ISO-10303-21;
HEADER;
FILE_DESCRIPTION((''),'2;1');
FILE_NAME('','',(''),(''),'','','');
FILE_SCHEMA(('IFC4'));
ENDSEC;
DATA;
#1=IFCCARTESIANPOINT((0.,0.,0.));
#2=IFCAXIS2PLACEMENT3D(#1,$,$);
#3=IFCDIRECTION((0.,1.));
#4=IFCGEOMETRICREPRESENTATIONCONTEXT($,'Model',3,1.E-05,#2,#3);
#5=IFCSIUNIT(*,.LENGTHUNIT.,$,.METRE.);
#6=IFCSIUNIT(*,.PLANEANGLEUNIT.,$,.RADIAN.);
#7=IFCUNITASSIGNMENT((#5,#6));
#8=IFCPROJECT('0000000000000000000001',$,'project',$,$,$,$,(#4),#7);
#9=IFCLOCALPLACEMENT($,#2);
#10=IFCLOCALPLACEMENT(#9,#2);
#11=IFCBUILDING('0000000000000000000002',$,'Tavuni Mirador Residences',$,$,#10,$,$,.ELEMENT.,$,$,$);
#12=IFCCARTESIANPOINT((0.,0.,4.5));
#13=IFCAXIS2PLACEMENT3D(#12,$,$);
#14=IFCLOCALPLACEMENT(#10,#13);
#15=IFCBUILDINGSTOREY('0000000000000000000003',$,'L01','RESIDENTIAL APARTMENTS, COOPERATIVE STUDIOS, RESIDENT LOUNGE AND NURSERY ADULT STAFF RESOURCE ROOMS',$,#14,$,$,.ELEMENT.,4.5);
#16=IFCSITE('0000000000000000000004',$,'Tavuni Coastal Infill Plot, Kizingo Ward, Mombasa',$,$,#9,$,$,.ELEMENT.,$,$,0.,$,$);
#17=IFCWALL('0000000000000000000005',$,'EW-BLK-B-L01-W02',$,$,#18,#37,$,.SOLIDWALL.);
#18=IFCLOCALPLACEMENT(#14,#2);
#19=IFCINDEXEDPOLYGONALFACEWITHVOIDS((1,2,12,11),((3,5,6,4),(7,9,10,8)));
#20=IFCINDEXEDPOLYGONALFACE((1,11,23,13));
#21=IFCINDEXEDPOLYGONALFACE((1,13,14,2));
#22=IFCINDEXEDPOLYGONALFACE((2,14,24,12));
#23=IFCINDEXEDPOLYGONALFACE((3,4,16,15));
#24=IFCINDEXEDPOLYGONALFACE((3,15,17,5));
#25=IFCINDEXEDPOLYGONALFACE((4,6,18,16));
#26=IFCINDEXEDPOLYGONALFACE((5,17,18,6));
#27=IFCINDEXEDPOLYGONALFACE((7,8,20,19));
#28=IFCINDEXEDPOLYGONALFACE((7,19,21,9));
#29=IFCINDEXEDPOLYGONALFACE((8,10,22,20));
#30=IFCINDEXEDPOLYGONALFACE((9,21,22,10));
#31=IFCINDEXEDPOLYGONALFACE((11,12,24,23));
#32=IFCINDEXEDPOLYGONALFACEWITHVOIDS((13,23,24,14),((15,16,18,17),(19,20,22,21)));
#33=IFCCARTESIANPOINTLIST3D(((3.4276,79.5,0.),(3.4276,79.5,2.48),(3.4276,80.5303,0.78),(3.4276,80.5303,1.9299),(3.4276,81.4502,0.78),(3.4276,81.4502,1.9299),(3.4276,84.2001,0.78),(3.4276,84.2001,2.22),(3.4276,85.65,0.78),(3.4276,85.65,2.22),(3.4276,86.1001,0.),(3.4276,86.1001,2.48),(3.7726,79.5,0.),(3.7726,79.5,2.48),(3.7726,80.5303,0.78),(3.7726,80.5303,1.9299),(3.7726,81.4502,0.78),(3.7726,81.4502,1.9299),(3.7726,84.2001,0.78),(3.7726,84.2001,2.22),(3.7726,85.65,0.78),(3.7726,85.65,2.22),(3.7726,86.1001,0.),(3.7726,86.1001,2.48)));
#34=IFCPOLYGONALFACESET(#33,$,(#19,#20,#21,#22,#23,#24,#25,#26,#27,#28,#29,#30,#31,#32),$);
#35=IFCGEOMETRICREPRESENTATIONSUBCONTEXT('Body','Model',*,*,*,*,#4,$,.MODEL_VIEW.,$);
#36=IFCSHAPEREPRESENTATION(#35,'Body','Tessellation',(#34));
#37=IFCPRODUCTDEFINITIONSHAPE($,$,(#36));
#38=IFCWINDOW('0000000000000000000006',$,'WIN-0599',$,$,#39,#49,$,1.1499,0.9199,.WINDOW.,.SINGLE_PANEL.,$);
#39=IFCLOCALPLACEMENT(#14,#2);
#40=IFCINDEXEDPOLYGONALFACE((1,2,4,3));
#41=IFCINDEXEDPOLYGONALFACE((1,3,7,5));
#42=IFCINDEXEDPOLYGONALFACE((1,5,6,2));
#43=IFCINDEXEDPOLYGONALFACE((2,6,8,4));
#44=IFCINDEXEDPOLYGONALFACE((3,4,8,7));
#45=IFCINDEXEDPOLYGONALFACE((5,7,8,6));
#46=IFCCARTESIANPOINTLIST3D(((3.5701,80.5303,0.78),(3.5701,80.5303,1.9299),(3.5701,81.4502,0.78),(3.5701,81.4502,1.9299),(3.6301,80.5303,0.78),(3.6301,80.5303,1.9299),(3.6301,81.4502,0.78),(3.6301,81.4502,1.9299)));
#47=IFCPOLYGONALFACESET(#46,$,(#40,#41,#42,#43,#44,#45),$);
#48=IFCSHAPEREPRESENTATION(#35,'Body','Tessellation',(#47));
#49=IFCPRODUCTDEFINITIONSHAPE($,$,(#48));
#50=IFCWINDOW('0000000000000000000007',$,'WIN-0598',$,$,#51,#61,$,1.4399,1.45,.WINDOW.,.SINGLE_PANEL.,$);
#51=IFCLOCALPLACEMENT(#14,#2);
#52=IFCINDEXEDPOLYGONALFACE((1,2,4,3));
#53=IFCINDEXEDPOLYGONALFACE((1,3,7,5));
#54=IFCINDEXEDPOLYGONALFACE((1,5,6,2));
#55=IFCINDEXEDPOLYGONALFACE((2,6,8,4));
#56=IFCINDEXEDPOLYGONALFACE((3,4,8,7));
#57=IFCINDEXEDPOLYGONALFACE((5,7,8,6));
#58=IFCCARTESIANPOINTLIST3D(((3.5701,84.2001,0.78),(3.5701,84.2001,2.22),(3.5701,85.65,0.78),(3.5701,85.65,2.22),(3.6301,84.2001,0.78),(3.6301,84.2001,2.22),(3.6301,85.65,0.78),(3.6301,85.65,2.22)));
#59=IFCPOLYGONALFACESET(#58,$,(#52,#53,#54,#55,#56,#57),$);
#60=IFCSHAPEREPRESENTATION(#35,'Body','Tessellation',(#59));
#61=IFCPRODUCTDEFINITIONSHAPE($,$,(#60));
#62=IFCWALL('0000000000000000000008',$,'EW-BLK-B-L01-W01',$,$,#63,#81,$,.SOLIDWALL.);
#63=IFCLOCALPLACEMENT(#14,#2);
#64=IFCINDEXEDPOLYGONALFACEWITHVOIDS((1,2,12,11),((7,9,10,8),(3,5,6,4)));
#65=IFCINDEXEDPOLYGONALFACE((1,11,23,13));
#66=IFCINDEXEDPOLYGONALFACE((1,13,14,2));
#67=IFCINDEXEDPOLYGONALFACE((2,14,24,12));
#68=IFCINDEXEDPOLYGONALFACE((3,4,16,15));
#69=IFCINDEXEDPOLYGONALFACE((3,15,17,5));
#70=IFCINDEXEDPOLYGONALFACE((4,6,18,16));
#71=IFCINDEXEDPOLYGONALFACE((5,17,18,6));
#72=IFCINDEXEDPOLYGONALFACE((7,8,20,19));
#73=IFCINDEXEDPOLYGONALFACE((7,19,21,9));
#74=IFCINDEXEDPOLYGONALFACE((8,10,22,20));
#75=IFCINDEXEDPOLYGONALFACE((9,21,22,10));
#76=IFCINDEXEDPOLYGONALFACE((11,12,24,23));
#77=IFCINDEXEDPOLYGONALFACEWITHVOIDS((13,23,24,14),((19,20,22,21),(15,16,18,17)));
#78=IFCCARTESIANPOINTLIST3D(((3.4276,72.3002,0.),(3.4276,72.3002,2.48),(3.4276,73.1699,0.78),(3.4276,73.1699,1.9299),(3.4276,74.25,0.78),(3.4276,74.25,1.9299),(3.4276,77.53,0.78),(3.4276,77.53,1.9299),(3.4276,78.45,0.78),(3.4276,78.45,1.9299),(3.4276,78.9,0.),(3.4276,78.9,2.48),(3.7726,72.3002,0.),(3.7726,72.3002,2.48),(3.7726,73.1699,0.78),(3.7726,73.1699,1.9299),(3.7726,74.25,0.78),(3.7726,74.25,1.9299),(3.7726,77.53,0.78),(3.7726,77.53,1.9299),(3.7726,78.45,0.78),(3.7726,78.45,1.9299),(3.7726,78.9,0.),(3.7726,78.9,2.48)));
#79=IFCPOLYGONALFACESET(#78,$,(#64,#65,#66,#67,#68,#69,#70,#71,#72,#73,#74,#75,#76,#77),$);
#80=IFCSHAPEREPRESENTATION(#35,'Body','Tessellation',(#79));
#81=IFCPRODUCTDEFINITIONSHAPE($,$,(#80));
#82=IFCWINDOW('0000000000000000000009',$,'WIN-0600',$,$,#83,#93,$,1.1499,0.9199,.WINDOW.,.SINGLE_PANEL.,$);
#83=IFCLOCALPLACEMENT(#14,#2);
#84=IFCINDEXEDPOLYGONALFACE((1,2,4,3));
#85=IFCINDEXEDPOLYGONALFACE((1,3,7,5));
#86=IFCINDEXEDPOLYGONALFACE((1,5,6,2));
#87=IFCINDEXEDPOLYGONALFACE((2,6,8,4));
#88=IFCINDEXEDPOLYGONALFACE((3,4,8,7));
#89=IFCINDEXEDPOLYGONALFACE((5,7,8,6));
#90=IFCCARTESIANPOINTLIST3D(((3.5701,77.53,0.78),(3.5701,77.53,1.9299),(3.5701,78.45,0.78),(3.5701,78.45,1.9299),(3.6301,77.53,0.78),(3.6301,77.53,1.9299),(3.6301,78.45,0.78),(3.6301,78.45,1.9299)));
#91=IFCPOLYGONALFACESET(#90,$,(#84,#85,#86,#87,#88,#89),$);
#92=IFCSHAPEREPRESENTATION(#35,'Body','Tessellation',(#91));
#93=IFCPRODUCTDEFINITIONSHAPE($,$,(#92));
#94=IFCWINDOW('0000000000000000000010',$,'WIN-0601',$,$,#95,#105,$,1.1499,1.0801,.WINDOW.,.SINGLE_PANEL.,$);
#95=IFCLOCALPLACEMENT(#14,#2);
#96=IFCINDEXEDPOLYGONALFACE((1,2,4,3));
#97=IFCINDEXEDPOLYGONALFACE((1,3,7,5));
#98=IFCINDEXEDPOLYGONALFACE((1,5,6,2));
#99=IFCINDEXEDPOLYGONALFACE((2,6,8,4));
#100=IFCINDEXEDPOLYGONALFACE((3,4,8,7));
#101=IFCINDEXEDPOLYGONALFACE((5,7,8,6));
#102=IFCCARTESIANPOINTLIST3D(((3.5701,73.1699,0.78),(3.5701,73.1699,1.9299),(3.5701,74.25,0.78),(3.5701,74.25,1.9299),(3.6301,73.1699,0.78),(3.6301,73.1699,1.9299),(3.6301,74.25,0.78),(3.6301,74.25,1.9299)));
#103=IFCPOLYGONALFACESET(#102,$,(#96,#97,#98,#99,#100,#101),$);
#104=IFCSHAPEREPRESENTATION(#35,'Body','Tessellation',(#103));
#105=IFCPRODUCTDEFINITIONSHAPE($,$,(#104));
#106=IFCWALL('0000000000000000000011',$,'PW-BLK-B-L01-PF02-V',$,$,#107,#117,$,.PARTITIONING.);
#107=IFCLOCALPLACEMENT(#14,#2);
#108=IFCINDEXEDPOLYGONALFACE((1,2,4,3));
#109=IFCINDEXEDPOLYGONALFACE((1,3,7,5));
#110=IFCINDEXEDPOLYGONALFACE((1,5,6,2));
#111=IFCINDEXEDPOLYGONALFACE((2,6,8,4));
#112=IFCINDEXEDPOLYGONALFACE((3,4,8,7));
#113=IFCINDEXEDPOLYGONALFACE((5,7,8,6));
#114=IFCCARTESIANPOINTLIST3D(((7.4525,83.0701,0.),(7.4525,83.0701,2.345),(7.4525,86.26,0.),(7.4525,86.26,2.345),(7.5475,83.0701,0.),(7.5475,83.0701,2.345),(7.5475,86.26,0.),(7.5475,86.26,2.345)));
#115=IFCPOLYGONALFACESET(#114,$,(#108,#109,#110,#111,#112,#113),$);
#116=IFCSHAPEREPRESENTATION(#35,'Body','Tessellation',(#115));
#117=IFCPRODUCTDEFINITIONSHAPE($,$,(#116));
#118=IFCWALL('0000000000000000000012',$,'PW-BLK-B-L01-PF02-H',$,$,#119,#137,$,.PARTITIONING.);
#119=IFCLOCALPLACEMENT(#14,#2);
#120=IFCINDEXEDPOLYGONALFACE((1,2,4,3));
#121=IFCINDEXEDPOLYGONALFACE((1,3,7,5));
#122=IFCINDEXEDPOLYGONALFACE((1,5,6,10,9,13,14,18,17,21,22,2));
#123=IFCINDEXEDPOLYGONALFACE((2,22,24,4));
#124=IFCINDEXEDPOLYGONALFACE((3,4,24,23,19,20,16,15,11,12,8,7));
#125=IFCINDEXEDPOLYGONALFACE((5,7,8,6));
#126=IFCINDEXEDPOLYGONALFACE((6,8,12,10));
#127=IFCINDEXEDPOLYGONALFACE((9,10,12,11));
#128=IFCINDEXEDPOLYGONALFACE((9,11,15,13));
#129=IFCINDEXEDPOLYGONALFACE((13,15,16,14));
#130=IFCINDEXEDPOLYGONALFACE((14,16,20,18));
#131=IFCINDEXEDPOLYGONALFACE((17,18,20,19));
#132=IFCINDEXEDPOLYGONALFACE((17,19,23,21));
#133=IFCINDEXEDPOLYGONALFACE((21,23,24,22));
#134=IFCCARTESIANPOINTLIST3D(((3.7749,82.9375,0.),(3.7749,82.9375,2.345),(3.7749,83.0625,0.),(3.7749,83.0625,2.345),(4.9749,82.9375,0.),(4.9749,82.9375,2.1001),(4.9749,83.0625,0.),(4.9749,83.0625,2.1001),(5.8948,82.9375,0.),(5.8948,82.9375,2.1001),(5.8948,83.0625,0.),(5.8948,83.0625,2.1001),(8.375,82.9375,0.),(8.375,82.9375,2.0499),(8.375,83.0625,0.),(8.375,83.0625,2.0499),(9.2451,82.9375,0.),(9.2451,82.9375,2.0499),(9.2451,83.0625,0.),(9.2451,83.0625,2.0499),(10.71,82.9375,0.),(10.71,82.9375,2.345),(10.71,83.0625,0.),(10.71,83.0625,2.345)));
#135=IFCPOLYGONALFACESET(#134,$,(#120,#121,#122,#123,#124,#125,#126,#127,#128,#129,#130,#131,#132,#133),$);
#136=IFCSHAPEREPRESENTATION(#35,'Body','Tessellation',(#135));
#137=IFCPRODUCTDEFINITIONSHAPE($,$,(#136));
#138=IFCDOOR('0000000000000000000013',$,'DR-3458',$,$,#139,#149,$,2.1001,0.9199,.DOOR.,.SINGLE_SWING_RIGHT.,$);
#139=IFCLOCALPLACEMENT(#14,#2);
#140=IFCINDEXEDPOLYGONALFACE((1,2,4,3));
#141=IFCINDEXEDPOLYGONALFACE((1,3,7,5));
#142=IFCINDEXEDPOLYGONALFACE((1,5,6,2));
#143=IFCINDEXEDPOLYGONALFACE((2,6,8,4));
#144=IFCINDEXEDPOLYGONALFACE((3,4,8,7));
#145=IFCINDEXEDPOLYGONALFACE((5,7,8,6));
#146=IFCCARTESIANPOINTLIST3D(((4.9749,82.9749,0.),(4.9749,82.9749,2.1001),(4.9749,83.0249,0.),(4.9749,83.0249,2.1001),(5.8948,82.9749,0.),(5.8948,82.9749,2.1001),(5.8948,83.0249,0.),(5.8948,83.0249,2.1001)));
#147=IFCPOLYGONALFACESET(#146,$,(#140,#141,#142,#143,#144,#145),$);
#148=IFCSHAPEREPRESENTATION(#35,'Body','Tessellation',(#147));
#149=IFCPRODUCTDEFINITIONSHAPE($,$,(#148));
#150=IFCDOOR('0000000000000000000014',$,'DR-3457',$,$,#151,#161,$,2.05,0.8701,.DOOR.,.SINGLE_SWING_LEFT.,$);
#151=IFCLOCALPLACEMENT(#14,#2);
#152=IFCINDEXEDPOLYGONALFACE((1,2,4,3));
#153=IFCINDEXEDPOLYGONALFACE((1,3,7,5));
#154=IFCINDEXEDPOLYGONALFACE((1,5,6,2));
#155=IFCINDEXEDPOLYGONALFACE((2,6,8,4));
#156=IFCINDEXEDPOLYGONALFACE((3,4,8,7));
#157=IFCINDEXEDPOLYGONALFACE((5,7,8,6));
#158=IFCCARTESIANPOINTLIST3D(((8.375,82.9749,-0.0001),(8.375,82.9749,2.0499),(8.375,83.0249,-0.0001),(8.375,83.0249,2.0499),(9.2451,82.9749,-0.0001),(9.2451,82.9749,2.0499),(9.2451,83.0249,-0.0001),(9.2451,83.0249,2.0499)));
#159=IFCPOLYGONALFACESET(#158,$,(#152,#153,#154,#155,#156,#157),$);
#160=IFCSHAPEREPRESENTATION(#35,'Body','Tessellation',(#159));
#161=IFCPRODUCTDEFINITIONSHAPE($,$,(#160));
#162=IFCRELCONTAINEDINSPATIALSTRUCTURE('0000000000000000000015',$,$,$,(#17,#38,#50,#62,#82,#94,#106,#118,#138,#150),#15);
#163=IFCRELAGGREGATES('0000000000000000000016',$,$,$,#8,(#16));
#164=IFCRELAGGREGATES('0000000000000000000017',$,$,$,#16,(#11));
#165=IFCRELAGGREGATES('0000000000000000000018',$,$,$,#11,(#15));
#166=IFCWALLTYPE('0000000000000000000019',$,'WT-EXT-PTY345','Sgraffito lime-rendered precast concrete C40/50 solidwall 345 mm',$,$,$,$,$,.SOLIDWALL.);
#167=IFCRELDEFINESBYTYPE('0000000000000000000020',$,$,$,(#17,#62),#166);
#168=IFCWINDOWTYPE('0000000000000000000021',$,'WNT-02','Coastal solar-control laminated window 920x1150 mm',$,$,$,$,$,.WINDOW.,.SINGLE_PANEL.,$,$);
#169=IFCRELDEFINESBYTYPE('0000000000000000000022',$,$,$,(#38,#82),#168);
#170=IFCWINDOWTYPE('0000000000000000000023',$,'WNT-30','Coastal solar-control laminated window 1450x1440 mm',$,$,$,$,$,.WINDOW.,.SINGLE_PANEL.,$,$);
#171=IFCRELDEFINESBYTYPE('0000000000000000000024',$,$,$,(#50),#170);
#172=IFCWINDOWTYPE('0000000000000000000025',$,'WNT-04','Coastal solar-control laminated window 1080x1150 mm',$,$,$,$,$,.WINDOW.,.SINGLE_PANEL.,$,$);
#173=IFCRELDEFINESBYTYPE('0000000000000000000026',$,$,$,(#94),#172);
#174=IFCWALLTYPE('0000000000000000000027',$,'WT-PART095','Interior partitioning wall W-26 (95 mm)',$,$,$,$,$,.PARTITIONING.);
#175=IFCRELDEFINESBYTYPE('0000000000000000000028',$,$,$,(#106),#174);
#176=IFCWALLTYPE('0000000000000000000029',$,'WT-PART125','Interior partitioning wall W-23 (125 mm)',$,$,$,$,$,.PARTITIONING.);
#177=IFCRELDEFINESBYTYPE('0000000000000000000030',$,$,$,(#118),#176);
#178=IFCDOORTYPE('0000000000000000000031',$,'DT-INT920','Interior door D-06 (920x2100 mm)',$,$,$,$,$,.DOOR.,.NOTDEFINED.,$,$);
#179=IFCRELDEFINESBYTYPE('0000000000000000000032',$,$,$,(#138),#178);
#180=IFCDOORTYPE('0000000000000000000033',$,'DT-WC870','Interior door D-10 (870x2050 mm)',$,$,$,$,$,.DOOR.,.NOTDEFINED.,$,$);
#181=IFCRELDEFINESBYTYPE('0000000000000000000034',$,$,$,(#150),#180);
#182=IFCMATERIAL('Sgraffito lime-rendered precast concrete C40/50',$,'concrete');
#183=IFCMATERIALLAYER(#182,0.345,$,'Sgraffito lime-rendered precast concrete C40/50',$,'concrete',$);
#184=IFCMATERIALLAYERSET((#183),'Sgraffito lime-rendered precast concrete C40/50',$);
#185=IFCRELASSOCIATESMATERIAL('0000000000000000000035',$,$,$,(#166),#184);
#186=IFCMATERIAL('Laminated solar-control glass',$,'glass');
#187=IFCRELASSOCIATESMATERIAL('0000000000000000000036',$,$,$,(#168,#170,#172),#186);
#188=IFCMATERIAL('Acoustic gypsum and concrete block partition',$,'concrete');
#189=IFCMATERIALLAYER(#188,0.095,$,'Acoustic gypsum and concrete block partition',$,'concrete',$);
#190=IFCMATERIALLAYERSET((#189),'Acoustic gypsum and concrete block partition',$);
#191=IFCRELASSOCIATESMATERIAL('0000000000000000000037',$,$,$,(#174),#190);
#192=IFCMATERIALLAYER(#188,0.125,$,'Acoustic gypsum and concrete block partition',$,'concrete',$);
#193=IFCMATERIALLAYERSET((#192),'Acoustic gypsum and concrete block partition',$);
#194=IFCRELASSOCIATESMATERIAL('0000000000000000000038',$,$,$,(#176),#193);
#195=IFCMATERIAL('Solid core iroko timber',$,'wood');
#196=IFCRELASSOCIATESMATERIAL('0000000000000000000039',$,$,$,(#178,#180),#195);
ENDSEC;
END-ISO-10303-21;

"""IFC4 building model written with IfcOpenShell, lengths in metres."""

from ifc_helpers import new_model, si_unit, direction, frame, frame_2d, origin, place, context, subcontext, project, spatial, rectangle, extrude, material, layer, layer_set, type_object, element, fill, save


model = new_model("IFC4")

# Units and contexts
model_context = context("Model", 3, precision=1e-05, world=origin(), true_north=direction((0.0, 1.0)))
body_context = subcontext(model_context, "Body", "Model", "MODEL_VIEW")
ifc_project = project(units=[si_unit("LENGTHUNIT", "METRE"), si_unit("PLANEANGLEUNIT", "RADIAN")], contexts=[model_context])

# Site, building, storey
site_placement = place(None, origin())
site = spatial("IfcSite", under=ifc_project, at=site_placement, Name="Tavuni Coastal Infill Plot, Kizingo Ward, Mombasa", CompositionType="ELEMENT", RefElevation=0.0)
building_placement = place(site_placement, origin())
building = spatial("IfcBuilding", under=site, at=building_placement, Name="Tavuni Mirador Residences", CompositionType="ELEMENT")
storey_placement = place(building_placement, frame((0.0, 0.0, 4.5)))
storey = spatial("IfcBuildingStorey", under=building, at=storey_placement, Name="L01", Description="RESIDENTIAL APARTMENTS, COOPERATIVE STUDIOS, RESIDENT LOUNGE AND NURSERY ADULT STAFF RESOURCE ROOMS", CompositionType="ELEMENT", Elevation=4.5)

# Shared definitions
ifc_material_1 = material(Name="Solid core iroko timber", Category="wood")

# Walls, openings, windows
ifc_material_2 = material(Name="Sgraffito lime-rendered precast concrete C40/50", Category="concrete")
ifc_layer_1 = layer(ifc_material_2, 0.345, Name="Sgraffito lime-rendered precast concrete C40/50", Category="concrete")
ifc_layer_set_1 = layer_set([ifc_layer_1], Name="Sgraffito lime-rendered precast concrete C40/50")
wall_type_1 = type_object("IfcWallType", Name="WT-EXT-PTY345", Description="Sgraffito lime-rendered precast concrete C40/50 solidwall 345 mm", PredefinedType="SOLIDWALL", material=ifc_layer_set_1)
wall_1_placement = place(storey_placement, frame((3.6001, 86.1001, 0.0), z_axis=(0.0, 0.0, 1.0), x_axis=(0.0, -1.0, 0.0)))
wall_1 = element("IfcWall", 1, at=wall_1_placement, inside=storey, type_object=wall_type_1, Name="EW-BLK-B-L01-W02", PredefinedType="SOLIDWALL", context=body_context, shape_type="SweptSolid", body=[
    extrude(rectangle(XDim=6.6001, YDim=0.345, at=frame_2d((3.3, 0.0))), origin(), (0.0, 0.0, 1.0), 2.48),
])
opening_1_placement = place(wall_1_placement, frame((0.45, 0.0, 0.78)))
opening_1 = element("IfcOpeningElement", 2, at=opening_1_placement, cuts=wall_1, PredefinedType="OPENING", context=body_context, shape_type="SweptSolid", body=[
    extrude(rectangle(XDim=1.45, YDim=1.4399, at=frame_2d((0.7251, 0.72))), frame((0.0, 0.1826, 0.0), z_axis=(0.0, -1.0, 0.0), x_axis=(1.0, 0.0, 0.0)), (0.0, 0.0, 1.0), 0.365),
])
opening_2_placement = place(wall_1_placement, frame((4.6499, 0.0, 0.78)))
opening_2 = element("IfcOpeningElement", 3, at=opening_2_placement, cuts=wall_1, PredefinedType="OPENING", context=body_context, shape_type="SweptSolid", body=[
    extrude(rectangle(XDim=0.9199, YDim=1.1499, at=frame_2d((0.46, 0.575))), frame((0.0, 0.1826, 0.0), z_axis=(0.0, -1.0, 0.0), x_axis=(1.0, 0.0, 0.0)), (0.0, 0.0, 1.0), 0.365),
])
ifc_material_3 = material(Name="Laminated solar-control glass", Category="glass")
window_type_1 = type_object("IfcWindowType", Name="WNT-02", Description="Coastal solar-control laminated window 920x1150 mm", PartitioningType="SINGLE_PANEL", PredefinedType="WINDOW", material=ifc_material_3)
window_1_placement = place(opening_2_placement, origin())
window_1 = element("IfcWindow", 4, at=window_1_placement, inside=storey, type_object=window_type_1, Name="WIN-0599", OverallHeight=1.1499, OverallWidth=0.9199, PartitioningType="SINGLE_PANEL", PredefinedType="WINDOW", context=body_context, shape_type="SweptSolid", body=[
    extrude(rectangle(XDim=0.9199, YDim=1.1499, at=frame_2d((0.46, 0.575))), frame((0.0, 0.03, 0.0), z_axis=(0.0, -1.0, 0.0), x_axis=(1.0, 0.0, 0.0)), (0.0, 0.0, 1.0), 0.0601),
])
fill(opening_2, window_1)
window_type_2 = type_object("IfcWindowType", Name="WNT-30", Description="Coastal solar-control laminated window 1450x1440 mm", PartitioningType="SINGLE_PANEL", PredefinedType="WINDOW", material=ifc_material_3)
window_2_placement = place(opening_1_placement, origin())
window_2 = element("IfcWindow", 5, at=window_2_placement, inside=storey, type_object=window_type_2, Name="WIN-0598", OverallHeight=1.4399, OverallWidth=1.45, PartitioningType="SINGLE_PANEL", PredefinedType="WINDOW", context=body_context, shape_type="SweptSolid", body=[
    extrude(rectangle(XDim=1.45, YDim=1.4399, at=frame_2d((0.7251, 0.72))), frame((0.0, 0.03, 0.0), z_axis=(0.0, -1.0, 0.0), x_axis=(1.0, 0.0, 0.0)), (0.0, 0.0, 1.0), 0.0601),
])
fill(opening_1, window_2)
wall_2_placement = place(storey_placement, frame((3.6001, 78.8999, 0.0), z_axis=(0.0, 0.0, 1.0), x_axis=(0.0, -1.0, 0.0)))
wall_2 = element("IfcWall", 6, at=wall_2_placement, inside=storey, type_object=wall_type_1, Name="EW-BLK-B-L01-W01", PredefinedType="SOLIDWALL", context=body_context, shape_type="SweptSolid", body=[
    extrude(rectangle(XDim=6.5999, YDim=0.345, at=frame_2d((3.2998, 0.0))), origin(), (0.0, 0.0, 1.0), 2.48),
])
opening_3_placement = place(wall_2_placement, frame((0.45, 0.0, 0.78)))
opening_3 = element("IfcOpeningElement", 7, at=opening_3_placement, cuts=wall_2, PredefinedType="OPENING", context=body_context, shape_type="SweptSolid", body=[
    extrude(rectangle(XDim=0.9199, YDim=1.1499, at=frame_2d((0.46, 0.575))), frame((0.0, 0.1826, 0.0), z_axis=(0.0, -1.0, 0.0), x_axis=(1.0, 0.0, 0.0)), (0.0, 0.0, 1.0), 0.365),
])
opening_4_placement = place(wall_2_placement, frame((4.6499, 0.0, 0.78)))
opening_4 = element("IfcOpeningElement", 8, at=opening_4_placement, cuts=wall_2, PredefinedType="OPENING", context=body_context, shape_type="SweptSolid", body=[
    extrude(rectangle(XDim=1.0801, YDim=1.1499, at=frame_2d((0.54, 0.575))), frame((0.0, 0.1826, 0.0), z_axis=(0.0, -1.0, 0.0), x_axis=(1.0, 0.0, 0.0)), (0.0, 0.0, 1.0), 0.365),
])
window_3_placement = place(opening_3_placement, origin())
window_3 = element("IfcWindow", 9, at=window_3_placement, inside=storey, type_object=window_type_1, Name="WIN-0600", OverallHeight=1.1499, OverallWidth=0.9199, PartitioningType="SINGLE_PANEL", PredefinedType="WINDOW", context=body_context, shape_type="SweptSolid", body=[
    extrude(rectangle(XDim=0.9199, YDim=1.1499, at=frame_2d((0.46, 0.575))), frame((0.0, 0.03, 0.0), z_axis=(0.0, -1.0, 0.0), x_axis=(1.0, 0.0, 0.0)), (0.0, 0.0, 1.0), 0.0601),
])
fill(opening_3, window_3)
window_type_3 = type_object("IfcWindowType", Name="WNT-04", Description="Coastal solar-control laminated window 1080x1150 mm", PartitioningType="SINGLE_PANEL", PredefinedType="WINDOW", material=ifc_material_3)
window_4_placement = place(opening_4_placement, origin())
window_4 = element("IfcWindow", 10, at=window_4_placement, inside=storey, type_object=window_type_3, Name="WIN-0601", OverallHeight=1.1499, OverallWidth=1.0801, PartitioningType="SINGLE_PANEL", PredefinedType="WINDOW", context=body_context, shape_type="SweptSolid", body=[
    extrude(rectangle(XDim=1.0801, YDim=1.1499, at=frame_2d((0.54, 0.575))), frame((0.0, 0.03, 0.0), z_axis=(0.0, -1.0, 0.0), x_axis=(1.0, 0.0, 0.0)), (0.0, 0.0, 1.0), 0.0601),
])
fill(opening_4, window_4)

# Wall
ifc_material_4 = material(Name="Acoustic gypsum and concrete block partition", Category="concrete")
ifc_layer_2 = layer(ifc_material_4, 0.095, Name="Acoustic gypsum and concrete block partition", Category="concrete")
ifc_layer_set_2 = layer_set([ifc_layer_2], Name="Acoustic gypsum and concrete block partition")
wall_type_2 = type_object("IfcWallType", Name="WT-PART095", Description="Interior partitioning wall W-26 (95 mm)", PredefinedType="PARTITIONING", material=ifc_layer_set_2)
wall_3_placement = place(storey_placement, frame((7.5, 83.0701, 0.0), z_axis=(0.0, 0.0, 1.0), x_axis=(0.0, 1.0, 0.0)))
element("IfcWall", 11, at=wall_3_placement, inside=storey, type_object=wall_type_2, Name="PW-BLK-B-L01-PF02-V", PredefinedType="PARTITIONING", context=body_context, shape_type="SweptSolid", body=[
    extrude(rectangle(XDim=3.1899, YDim=0.095, at=frame_2d((1.595, 0.0))), origin(), (0.0, 0.0, 1.0), 2.345),
])

# Wall, openings, doors
ifc_layer_3 = layer(ifc_material_4, 0.125, Name="Acoustic gypsum and concrete block partition", Category="concrete")
ifc_layer_set_3 = layer_set([ifc_layer_3], Name="Acoustic gypsum and concrete block partition")
wall_type_3 = type_object("IfcWallType", Name="WT-PART125", Description="Interior partitioning wall W-23 (125 mm)", PredefinedType="PARTITIONING", material=ifc_layer_set_3)
wall_4_placement = place(storey_placement, frame((3.7749, 83.0, 0.0), z_axis=(0.0, 0.0, 1.0), x_axis=(1.0, 0.0, 0.0)))
wall_4 = element("IfcWall", 12, at=wall_4_placement, inside=storey, type_object=wall_type_3, Name="PW-BLK-B-L01-PF02-H", PredefinedType="PARTITIONING", context=body_context, shape_type="SweptSolid", body=[
    extrude(rectangle(XDim=6.9351, YDim=0.125, at=frame_2d((3.4675, 0.0))), origin(), (0.0, 0.0, 1.0), 2.345),
])
opening_5_placement = place(wall_4_placement, frame((4.6001, 0.0, 0.0)))
opening_5 = element("IfcOpeningElement", 13, at=opening_5_placement, cuts=wall_4, PredefinedType="OPENING", context=body_context, shape_type="SweptSolid", body=[
    extrude(rectangle(XDim=0.8701, YDim=2.05, at=frame_2d((0.4351, 1.0249))), frame((0.0, 0.0725, 0.0), z_axis=(0.0, -1.0, 0.0), x_axis=(1.0, 0.0, 0.0)), (0.0, 0.0, 1.0), 0.145),
])
opening_6_placement = place(wall_4_placement, frame((1.2, 0.0, 0.0)))
opening_6 = element("IfcOpeningElement", 14, at=opening_6_placement, cuts=wall_4, PredefinedType="OPENING", context=body_context, shape_type="SweptSolid", body=[
    extrude(rectangle(XDim=0.9199, YDim=2.1001, at=frame_2d((0.46, 1.05))), frame((0.0, 0.0725, 0.0), z_axis=(0.0, -1.0, 0.0), x_axis=(1.0, 0.0, 0.0)), (0.0, 0.0, 1.0), 0.145),
])
door_type_1 = type_object("IfcDoorType", Name="DT-INT920", Description="Interior door D-06 (920x2100 mm)", OperationType="NOTDEFINED", PredefinedType="DOOR", material=ifc_material_1)
door_1_placement = place(opening_6_placement, origin())
door_1 = element("IfcDoor", 15, at=door_1_placement, inside=storey, type_object=door_type_1, Name="DR-3458", OperationType="SINGLE_SWING_RIGHT", OverallHeight=2.1001, OverallWidth=0.9199, PredefinedType="DOOR", context=body_context, shape_type="SweptSolid", body=[
    extrude(rectangle(XDim=0.9199, YDim=2.1001, at=frame_2d((0.46, 1.05))), frame((0.0, 0.0249, 0.0), z_axis=(0.0, -1.0, 0.0), x_axis=(1.0, 0.0, 0.0)), (0.0, 0.0, 1.0), 0.05),
])
fill(opening_6, door_1)
door_type_2 = type_object("IfcDoorType", Name="DT-WC870", Description="Interior door D-10 (870x2050 mm)", OperationType="NOTDEFINED", PredefinedType="DOOR", material=ifc_material_1)
door_2_placement = place(opening_5_placement, origin())
door_2 = element("IfcDoor", 16, at=door_2_placement, inside=storey, type_object=door_type_2, Name="DR-3457", OperationType="SINGLE_SWING_LEFT", OverallHeight=2.05, OverallWidth=0.8701, PredefinedType="DOOR", context=body_context, shape_type="SweptSolid", body=[
    extrude(rectangle(XDim=0.8701, YDim=2.05, at=frame_2d((0.4351, 1.0249))), frame((0.0, 0.0249, 0.0), z_axis=(0.0, -1.0, 0.0), x_axis=(1.0, 0.0, 0.0)), (0.0, 0.0, 1.0), 0.05),
])
fill(opening_5, door_2)

save(model, "model.ifc")
